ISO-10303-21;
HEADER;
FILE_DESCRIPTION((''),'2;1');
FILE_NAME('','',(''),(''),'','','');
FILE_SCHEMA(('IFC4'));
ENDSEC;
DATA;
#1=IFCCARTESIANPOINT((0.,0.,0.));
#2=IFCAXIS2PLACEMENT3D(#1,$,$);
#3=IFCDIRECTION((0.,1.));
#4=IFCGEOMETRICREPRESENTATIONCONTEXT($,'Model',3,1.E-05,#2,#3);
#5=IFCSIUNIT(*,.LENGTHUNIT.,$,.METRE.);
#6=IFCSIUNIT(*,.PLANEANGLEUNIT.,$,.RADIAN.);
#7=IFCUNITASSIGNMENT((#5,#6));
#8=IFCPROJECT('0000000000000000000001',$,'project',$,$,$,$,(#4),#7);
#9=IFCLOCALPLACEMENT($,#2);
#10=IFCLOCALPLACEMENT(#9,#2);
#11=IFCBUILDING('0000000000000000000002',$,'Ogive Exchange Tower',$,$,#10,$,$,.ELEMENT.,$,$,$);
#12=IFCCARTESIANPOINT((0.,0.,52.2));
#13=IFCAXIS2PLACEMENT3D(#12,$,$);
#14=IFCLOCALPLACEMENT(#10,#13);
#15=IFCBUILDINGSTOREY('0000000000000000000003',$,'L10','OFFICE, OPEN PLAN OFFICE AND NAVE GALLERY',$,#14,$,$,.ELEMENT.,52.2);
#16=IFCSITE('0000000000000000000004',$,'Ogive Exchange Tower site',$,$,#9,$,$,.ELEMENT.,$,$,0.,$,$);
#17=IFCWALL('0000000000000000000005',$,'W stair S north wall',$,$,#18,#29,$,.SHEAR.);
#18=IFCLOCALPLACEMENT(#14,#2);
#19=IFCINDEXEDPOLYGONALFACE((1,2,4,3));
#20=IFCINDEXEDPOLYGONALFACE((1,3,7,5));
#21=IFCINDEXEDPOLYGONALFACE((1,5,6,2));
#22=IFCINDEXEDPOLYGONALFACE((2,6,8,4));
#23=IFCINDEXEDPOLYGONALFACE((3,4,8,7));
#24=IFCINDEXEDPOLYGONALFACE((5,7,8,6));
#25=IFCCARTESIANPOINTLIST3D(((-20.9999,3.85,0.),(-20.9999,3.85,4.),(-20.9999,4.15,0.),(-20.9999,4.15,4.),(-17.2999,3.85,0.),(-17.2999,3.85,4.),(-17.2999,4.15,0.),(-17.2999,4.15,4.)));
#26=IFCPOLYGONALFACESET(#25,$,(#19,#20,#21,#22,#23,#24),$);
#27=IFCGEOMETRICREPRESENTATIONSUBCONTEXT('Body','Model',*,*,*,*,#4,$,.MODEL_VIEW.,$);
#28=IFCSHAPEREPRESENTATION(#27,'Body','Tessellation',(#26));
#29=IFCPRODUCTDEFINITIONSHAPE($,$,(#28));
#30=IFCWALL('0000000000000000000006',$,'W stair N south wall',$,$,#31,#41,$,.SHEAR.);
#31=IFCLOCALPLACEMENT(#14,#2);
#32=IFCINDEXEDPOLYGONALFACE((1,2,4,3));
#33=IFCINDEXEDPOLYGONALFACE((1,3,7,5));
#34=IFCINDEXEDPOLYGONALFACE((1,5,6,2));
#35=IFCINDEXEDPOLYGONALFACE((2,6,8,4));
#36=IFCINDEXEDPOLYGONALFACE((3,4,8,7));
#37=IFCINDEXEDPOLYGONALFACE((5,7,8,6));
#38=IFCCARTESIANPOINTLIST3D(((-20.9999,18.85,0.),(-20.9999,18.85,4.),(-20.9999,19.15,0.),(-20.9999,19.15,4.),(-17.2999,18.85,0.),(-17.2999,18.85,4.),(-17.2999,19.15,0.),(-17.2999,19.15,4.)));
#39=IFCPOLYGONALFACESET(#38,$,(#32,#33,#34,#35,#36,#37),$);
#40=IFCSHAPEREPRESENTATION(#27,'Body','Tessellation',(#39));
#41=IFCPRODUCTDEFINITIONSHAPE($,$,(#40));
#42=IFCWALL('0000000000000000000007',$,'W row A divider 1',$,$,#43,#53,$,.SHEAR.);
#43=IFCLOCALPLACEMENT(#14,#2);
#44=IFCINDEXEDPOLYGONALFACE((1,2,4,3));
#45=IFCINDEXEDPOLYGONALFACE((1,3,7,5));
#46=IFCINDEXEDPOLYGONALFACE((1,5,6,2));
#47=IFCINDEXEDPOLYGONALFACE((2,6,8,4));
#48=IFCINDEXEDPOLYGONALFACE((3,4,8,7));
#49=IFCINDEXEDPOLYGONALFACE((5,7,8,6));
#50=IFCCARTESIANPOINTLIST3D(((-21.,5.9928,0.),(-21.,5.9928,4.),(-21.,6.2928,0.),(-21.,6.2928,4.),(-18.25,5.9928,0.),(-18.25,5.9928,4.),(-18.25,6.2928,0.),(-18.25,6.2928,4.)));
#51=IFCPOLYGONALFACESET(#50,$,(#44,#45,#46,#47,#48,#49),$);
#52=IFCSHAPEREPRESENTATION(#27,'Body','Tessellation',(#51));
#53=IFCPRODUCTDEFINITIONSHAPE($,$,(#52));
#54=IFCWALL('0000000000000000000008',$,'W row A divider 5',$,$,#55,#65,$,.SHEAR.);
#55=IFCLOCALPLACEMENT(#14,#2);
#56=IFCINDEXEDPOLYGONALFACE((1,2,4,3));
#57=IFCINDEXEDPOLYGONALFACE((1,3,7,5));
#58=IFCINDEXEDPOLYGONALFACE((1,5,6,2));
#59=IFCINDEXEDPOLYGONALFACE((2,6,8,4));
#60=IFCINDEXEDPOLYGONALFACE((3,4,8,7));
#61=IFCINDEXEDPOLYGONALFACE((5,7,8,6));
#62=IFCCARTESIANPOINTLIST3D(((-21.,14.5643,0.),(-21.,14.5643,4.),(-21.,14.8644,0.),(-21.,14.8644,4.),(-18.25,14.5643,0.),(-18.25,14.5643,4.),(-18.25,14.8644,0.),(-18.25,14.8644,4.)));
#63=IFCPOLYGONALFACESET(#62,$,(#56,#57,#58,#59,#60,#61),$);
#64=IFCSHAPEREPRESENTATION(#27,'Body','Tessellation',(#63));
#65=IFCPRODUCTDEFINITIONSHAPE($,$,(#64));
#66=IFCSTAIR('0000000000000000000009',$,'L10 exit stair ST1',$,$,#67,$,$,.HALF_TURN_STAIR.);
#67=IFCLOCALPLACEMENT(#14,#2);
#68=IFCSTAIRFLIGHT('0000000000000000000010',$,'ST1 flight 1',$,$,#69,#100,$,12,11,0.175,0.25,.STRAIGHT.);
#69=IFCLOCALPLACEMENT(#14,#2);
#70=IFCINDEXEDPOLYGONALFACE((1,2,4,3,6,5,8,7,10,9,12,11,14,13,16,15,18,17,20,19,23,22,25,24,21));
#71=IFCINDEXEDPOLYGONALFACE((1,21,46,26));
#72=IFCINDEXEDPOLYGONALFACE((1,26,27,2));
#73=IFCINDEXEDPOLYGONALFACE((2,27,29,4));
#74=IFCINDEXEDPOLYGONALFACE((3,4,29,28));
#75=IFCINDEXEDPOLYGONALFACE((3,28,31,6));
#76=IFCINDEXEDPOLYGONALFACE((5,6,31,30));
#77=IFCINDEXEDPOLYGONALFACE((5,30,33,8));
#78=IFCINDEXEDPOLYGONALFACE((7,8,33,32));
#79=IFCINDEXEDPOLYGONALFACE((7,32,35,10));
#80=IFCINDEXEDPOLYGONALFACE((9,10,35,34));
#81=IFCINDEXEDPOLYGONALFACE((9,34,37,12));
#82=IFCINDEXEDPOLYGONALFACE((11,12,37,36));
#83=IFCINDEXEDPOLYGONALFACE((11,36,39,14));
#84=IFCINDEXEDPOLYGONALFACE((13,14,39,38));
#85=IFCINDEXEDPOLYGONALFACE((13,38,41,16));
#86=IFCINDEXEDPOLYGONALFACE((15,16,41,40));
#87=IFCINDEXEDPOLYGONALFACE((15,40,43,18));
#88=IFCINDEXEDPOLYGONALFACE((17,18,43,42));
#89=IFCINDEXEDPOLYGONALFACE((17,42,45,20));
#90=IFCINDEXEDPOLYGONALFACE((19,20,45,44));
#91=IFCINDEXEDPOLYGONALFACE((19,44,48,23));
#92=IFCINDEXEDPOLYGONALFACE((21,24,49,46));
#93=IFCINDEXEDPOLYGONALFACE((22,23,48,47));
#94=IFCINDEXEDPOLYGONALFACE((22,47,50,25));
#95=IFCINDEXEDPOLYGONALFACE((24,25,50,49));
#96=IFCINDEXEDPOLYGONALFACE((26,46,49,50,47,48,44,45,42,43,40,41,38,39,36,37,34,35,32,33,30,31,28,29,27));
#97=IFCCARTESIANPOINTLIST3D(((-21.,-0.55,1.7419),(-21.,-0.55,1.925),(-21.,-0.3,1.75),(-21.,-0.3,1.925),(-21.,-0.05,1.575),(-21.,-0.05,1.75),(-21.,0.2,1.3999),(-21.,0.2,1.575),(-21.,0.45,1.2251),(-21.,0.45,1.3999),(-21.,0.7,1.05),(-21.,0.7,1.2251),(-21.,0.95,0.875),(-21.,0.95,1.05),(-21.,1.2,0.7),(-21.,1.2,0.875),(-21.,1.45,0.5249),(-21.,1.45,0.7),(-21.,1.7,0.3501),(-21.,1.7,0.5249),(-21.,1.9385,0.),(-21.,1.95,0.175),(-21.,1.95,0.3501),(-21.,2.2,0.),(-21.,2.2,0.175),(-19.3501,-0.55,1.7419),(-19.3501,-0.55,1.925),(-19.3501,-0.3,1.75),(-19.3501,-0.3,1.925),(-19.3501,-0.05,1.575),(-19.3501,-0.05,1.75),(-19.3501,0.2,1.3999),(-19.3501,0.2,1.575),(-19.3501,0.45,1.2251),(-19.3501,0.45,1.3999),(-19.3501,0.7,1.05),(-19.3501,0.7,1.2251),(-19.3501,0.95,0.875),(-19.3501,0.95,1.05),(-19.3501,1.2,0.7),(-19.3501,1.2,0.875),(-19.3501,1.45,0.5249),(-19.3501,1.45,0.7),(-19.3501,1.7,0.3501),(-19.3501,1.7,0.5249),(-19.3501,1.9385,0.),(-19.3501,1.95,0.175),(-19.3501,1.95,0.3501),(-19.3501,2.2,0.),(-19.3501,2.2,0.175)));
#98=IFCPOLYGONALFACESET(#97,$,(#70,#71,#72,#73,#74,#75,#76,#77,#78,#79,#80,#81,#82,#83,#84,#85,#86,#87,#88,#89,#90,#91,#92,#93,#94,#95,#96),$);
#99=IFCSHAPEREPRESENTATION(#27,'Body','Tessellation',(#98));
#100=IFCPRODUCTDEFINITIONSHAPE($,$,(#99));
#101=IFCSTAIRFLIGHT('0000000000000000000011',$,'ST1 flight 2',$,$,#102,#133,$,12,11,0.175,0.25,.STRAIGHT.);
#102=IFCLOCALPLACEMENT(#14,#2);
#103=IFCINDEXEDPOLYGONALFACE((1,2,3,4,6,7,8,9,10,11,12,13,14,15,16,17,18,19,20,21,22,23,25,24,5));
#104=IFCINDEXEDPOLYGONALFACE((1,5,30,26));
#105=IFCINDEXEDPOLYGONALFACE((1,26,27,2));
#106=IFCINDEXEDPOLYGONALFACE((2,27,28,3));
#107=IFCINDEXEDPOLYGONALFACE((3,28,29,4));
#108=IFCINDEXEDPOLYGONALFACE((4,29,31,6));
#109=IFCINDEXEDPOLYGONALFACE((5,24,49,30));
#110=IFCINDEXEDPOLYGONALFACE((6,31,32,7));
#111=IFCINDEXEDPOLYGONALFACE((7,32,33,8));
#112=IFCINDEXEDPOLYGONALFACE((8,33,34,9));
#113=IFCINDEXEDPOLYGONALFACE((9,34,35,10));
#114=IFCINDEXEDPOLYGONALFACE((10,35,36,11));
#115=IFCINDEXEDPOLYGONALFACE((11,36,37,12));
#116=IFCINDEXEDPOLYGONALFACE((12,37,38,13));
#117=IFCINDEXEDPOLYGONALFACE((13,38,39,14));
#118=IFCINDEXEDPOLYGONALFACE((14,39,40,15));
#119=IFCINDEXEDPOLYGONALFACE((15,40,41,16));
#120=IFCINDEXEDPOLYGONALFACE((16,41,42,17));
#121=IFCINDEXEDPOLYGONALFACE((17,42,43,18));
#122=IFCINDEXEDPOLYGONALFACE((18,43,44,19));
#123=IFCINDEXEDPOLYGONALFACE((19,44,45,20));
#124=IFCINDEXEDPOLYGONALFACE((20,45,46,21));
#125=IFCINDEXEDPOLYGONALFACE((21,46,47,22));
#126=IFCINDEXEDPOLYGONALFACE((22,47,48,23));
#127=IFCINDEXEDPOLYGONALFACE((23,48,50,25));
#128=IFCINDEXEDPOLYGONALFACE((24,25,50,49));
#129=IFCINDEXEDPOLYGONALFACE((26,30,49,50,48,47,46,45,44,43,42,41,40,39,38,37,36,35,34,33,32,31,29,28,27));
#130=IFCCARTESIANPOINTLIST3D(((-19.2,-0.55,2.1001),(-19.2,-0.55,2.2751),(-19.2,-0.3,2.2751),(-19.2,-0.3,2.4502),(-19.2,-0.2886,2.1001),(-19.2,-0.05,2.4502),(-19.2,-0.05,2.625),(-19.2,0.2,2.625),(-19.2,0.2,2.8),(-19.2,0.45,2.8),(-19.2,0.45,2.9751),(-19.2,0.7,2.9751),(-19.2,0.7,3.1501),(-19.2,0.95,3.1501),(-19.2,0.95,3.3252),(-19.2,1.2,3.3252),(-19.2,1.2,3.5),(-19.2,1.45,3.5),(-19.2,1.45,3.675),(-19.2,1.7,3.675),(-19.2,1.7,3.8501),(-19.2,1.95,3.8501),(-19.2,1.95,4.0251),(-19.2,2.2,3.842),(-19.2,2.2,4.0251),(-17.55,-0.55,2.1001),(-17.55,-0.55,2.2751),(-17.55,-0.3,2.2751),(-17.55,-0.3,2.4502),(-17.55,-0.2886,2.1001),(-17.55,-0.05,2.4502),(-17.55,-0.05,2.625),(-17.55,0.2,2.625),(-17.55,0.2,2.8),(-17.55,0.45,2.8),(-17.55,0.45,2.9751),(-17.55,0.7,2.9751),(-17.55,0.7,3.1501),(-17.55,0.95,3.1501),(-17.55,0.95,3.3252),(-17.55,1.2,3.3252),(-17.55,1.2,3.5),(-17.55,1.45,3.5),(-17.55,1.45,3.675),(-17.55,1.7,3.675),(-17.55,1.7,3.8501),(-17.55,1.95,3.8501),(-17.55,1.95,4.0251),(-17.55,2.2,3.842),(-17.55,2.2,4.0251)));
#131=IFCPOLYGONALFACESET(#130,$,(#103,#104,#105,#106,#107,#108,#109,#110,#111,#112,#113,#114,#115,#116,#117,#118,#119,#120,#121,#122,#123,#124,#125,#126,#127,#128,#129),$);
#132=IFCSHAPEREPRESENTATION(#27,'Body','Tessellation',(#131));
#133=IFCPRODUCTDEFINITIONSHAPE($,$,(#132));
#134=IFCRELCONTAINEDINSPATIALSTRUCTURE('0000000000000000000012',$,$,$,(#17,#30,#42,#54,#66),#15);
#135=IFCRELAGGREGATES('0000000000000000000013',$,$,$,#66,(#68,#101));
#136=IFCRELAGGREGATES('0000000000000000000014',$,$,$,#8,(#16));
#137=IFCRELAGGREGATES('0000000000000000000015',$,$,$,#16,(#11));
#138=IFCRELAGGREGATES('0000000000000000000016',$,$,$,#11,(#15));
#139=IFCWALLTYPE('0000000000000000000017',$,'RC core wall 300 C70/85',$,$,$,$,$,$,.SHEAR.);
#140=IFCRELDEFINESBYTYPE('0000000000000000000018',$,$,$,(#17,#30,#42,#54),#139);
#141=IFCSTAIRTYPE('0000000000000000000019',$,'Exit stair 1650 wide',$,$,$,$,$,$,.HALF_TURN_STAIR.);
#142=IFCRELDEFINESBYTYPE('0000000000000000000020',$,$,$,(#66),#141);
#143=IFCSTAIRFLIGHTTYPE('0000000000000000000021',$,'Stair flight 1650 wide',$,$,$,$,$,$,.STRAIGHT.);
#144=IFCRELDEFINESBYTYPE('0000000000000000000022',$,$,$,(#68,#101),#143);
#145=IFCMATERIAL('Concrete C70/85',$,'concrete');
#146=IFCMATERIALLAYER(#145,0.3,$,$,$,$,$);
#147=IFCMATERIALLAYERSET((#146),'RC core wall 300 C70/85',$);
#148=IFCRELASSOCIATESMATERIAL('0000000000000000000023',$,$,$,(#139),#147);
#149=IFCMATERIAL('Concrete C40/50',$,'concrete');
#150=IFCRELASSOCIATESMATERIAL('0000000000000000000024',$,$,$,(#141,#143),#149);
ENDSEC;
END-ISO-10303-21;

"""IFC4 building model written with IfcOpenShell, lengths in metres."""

from ifc_helpers import new_model, si_unit, direction, frame, frame_2d, origin, place, context, subcontext, project, spatial, polyline, rectangle, outline, extrude, material, layer, layer_set, type_object, element, aggregate, save


model = new_model("IFC4")

# Units and contexts
model_context = context("Model", 3, precision=1e-05, world=origin(), true_north=direction((0.0, 1.0)))
body_context = subcontext(model_context, "Body", "Model", "MODEL_VIEW")
ifc_project = project(units=[si_unit("LENGTHUNIT", "METRE"), si_unit("PLANEANGLEUNIT", "RADIAN")], contexts=[model_context])

# Site, building, storey
site_placement = place(None, origin())
site = spatial("IfcSite", under=ifc_project, at=site_placement, Name="Ogive Exchange Tower site", CompositionType="ELEMENT", RefElevation=0.0)
building_placement = place(site_placement, origin())
building = spatial("IfcBuilding", under=site, at=building_placement, Name="Ogive Exchange Tower", CompositionType="ELEMENT")
storey_placement = place(building_placement, frame((0.0, 0.0, 52.2)))
storey = spatial("IfcBuildingStorey", under=building, at=storey_placement, Name="L10", Description="OFFICE, OPEN PLAN OFFICE AND NAVE GALLERY", CompositionType="ELEMENT", Elevation=52.2)

# Walls
ifc_material_1 = material(Name="Concrete C70/85", Category="concrete")
ifc_layer_1 = layer(ifc_material_1, 0.3)
ifc_layer_set_1 = layer_set([ifc_layer_1], Name="RC core wall 300 C70/85")
wall_type_1 = type_object("IfcWallType", Name="RC core wall 300 C70/85", PredefinedType="SHEAR", material=ifc_layer_set_1)
for number, where, z_axis, x_axis, name in (
    (1, (-21.0, 4.0, 0.0), (0.0, 0.0, 1.0), (1.0, 0.0, 0.0), "W stair S north wall"),
    (2, (-21.0, 19.0, 0.0), (0.0, 0.0, 1.0), (1.0, 0.0, 0.0), "W stair N south wall"),
):
    element("IfcWall", number, at=place(storey_placement, frame(where, z_axis=z_axis, x_axis=x_axis)), inside=storey, type_object=wall_type_1, Name=name, PredefinedType="SHEAR", context=body_context, shape_type="SweptSolid", body=[
        extrude(rectangle(XDim=3.7, YDim=0.3, at=frame_2d((1.8501, 0.0))), origin(), (0.0, 0.0, 1.0), 4.0),
    ])
for number, where, z_axis, x_axis, name in (
    (3, (-21.0, 6.1428, 0.0), (0.0, 0.0, 1.0), (1.0, 0.0, 0.0), "W row A divider 1"),
    (4, (-21.0, 14.7144, 0.0), (0.0, 0.0, 1.0), (1.0, 0.0, 0.0), "W row A divider 5"),
):
    element("IfcWall", number, at=place(storey_placement, frame(where, z_axis=z_axis, x_axis=x_axis)), inside=storey, type_object=wall_type_1, Name=name, PredefinedType="SHEAR", context=body_context, shape_type="SweptSolid", body=[
        extrude(rectangle(XDim=2.75, YDim=0.3, at=frame_2d((1.375, 0.0))), origin(), (0.0, 0.0, 1.0), 4.0),
    ])

# Stair, stair flights
ifc_material_2 = material(Name="Concrete C40/50", Category="concrete")
stair_type = type_object("IfcStairType", Name="Exit stair 1650 wide", PredefinedType="HALF_TURN_STAIR", material=ifc_material_2)
stair_placement = place(storey_placement, origin())
stair = element("IfcStair", 5, at=stair_placement, inside=storey, type_object=stair_type, Name="L10 exit stair ST1", PredefinedType="HALF_TURN_STAIR")
stair_flight_type = type_object("IfcStairFlightType", Name="Stair flight 1650 wide", PredefinedType="STRAIGHT", material=ifc_material_2)
stair_flight_1_placement = place(storey_placement, frame((-20.175, 2.2, 0.0), z_axis=(0.0, 0.0, 1.0), x_axis=(0.0, -1.0, 0.0)))
stair_flight_1 = element("IfcStairFlight", 6, at=stair_flight_1_placement, type_object=stair_flight_type, Name="ST1 flight 1", NumberOfRisers=12, NumberOfTreads=11, PredefinedType="STRAIGHT", RiserHeight=0.175, TreadLength=0.25, context=body_context, shape_type="SweptSolid", body=[
    extrude(outline(polyline([(0.0, 0.0), (0.0, 0.175), (0.25, 0.175), (0.25, 0.3501), (0.5, 0.3501), (0.5, 0.5249), (0.75, 0.5249), (0.75, 0.7), (1.0, 0.7), (1.0, 0.875), (1.25, 0.875), (1.25, 1.05), (1.5, 1.05), (1.5, 1.2251), (1.75, 1.2251), (1.75, 1.3999), (2.0, 1.3999), (2.0, 1.575), (2.25, 1.575), (2.25, 1.75), (2.5, 1.75), (2.5, 1.925), (2.75, 1.925), (2.75, 2.1001), (2.75, 1.7419), (0.2615, 0.0), (0.0, 0.0)])), frame((0.0, 0.825, 0.0), z_axis=(0.0, -1.0, 0.0), x_axis=(1.0, 0.0, 0.0)), (0.0, 0.0, 1.0), 1.6499),
])
stair_flight_2_placement = place(storey_placement, frame((-18.375, -0.55, 2.1001), z_axis=(0.0, 0.0, 1.0), x_axis=(0.0, 1.0, 0.0)))
stair_flight_2 = element("IfcStairFlight", 7, at=stair_flight_2_placement, type_object=stair_flight_type, Name="ST1 flight 2", NumberOfRisers=12, NumberOfTreads=11, PredefinedType="STRAIGHT", RiserHeight=0.175, TreadLength=0.25, context=body_context, shape_type="SweptSolid", body=[
    extrude(outline(polyline([(0.0, 0.0), (0.0, 0.175), (0.25, 0.175), (0.25, 0.3501), (0.5, 0.3501), (0.5, 0.5249), (0.75, 0.5249), (0.75, 0.7), (1.0, 0.7), (1.0, 0.875), (1.25, 0.875), (1.25, 1.05), (1.5, 1.05), (1.5, 1.2251), (1.75, 1.2251), (1.75, 1.3999), (2.0, 1.3999), (2.0, 1.575), (2.25, 1.575), (2.25, 1.75), (2.5, 1.75), (2.5, 1.925), (2.75, 1.925), (2.75, 2.1001), (2.75, 1.7419), (0.2615, 0.0), (0.0, 0.0)])), frame((0.0, 0.825, 0.0), z_axis=(0.0, -1.0, 0.0), x_axis=(1.0, 0.0, 0.0)), (0.0, 0.0, 1.0), 1.6499),
])
aggregate(stair, [stair_flight_1, stair_flight_2])

save(model, "model.ifc")
